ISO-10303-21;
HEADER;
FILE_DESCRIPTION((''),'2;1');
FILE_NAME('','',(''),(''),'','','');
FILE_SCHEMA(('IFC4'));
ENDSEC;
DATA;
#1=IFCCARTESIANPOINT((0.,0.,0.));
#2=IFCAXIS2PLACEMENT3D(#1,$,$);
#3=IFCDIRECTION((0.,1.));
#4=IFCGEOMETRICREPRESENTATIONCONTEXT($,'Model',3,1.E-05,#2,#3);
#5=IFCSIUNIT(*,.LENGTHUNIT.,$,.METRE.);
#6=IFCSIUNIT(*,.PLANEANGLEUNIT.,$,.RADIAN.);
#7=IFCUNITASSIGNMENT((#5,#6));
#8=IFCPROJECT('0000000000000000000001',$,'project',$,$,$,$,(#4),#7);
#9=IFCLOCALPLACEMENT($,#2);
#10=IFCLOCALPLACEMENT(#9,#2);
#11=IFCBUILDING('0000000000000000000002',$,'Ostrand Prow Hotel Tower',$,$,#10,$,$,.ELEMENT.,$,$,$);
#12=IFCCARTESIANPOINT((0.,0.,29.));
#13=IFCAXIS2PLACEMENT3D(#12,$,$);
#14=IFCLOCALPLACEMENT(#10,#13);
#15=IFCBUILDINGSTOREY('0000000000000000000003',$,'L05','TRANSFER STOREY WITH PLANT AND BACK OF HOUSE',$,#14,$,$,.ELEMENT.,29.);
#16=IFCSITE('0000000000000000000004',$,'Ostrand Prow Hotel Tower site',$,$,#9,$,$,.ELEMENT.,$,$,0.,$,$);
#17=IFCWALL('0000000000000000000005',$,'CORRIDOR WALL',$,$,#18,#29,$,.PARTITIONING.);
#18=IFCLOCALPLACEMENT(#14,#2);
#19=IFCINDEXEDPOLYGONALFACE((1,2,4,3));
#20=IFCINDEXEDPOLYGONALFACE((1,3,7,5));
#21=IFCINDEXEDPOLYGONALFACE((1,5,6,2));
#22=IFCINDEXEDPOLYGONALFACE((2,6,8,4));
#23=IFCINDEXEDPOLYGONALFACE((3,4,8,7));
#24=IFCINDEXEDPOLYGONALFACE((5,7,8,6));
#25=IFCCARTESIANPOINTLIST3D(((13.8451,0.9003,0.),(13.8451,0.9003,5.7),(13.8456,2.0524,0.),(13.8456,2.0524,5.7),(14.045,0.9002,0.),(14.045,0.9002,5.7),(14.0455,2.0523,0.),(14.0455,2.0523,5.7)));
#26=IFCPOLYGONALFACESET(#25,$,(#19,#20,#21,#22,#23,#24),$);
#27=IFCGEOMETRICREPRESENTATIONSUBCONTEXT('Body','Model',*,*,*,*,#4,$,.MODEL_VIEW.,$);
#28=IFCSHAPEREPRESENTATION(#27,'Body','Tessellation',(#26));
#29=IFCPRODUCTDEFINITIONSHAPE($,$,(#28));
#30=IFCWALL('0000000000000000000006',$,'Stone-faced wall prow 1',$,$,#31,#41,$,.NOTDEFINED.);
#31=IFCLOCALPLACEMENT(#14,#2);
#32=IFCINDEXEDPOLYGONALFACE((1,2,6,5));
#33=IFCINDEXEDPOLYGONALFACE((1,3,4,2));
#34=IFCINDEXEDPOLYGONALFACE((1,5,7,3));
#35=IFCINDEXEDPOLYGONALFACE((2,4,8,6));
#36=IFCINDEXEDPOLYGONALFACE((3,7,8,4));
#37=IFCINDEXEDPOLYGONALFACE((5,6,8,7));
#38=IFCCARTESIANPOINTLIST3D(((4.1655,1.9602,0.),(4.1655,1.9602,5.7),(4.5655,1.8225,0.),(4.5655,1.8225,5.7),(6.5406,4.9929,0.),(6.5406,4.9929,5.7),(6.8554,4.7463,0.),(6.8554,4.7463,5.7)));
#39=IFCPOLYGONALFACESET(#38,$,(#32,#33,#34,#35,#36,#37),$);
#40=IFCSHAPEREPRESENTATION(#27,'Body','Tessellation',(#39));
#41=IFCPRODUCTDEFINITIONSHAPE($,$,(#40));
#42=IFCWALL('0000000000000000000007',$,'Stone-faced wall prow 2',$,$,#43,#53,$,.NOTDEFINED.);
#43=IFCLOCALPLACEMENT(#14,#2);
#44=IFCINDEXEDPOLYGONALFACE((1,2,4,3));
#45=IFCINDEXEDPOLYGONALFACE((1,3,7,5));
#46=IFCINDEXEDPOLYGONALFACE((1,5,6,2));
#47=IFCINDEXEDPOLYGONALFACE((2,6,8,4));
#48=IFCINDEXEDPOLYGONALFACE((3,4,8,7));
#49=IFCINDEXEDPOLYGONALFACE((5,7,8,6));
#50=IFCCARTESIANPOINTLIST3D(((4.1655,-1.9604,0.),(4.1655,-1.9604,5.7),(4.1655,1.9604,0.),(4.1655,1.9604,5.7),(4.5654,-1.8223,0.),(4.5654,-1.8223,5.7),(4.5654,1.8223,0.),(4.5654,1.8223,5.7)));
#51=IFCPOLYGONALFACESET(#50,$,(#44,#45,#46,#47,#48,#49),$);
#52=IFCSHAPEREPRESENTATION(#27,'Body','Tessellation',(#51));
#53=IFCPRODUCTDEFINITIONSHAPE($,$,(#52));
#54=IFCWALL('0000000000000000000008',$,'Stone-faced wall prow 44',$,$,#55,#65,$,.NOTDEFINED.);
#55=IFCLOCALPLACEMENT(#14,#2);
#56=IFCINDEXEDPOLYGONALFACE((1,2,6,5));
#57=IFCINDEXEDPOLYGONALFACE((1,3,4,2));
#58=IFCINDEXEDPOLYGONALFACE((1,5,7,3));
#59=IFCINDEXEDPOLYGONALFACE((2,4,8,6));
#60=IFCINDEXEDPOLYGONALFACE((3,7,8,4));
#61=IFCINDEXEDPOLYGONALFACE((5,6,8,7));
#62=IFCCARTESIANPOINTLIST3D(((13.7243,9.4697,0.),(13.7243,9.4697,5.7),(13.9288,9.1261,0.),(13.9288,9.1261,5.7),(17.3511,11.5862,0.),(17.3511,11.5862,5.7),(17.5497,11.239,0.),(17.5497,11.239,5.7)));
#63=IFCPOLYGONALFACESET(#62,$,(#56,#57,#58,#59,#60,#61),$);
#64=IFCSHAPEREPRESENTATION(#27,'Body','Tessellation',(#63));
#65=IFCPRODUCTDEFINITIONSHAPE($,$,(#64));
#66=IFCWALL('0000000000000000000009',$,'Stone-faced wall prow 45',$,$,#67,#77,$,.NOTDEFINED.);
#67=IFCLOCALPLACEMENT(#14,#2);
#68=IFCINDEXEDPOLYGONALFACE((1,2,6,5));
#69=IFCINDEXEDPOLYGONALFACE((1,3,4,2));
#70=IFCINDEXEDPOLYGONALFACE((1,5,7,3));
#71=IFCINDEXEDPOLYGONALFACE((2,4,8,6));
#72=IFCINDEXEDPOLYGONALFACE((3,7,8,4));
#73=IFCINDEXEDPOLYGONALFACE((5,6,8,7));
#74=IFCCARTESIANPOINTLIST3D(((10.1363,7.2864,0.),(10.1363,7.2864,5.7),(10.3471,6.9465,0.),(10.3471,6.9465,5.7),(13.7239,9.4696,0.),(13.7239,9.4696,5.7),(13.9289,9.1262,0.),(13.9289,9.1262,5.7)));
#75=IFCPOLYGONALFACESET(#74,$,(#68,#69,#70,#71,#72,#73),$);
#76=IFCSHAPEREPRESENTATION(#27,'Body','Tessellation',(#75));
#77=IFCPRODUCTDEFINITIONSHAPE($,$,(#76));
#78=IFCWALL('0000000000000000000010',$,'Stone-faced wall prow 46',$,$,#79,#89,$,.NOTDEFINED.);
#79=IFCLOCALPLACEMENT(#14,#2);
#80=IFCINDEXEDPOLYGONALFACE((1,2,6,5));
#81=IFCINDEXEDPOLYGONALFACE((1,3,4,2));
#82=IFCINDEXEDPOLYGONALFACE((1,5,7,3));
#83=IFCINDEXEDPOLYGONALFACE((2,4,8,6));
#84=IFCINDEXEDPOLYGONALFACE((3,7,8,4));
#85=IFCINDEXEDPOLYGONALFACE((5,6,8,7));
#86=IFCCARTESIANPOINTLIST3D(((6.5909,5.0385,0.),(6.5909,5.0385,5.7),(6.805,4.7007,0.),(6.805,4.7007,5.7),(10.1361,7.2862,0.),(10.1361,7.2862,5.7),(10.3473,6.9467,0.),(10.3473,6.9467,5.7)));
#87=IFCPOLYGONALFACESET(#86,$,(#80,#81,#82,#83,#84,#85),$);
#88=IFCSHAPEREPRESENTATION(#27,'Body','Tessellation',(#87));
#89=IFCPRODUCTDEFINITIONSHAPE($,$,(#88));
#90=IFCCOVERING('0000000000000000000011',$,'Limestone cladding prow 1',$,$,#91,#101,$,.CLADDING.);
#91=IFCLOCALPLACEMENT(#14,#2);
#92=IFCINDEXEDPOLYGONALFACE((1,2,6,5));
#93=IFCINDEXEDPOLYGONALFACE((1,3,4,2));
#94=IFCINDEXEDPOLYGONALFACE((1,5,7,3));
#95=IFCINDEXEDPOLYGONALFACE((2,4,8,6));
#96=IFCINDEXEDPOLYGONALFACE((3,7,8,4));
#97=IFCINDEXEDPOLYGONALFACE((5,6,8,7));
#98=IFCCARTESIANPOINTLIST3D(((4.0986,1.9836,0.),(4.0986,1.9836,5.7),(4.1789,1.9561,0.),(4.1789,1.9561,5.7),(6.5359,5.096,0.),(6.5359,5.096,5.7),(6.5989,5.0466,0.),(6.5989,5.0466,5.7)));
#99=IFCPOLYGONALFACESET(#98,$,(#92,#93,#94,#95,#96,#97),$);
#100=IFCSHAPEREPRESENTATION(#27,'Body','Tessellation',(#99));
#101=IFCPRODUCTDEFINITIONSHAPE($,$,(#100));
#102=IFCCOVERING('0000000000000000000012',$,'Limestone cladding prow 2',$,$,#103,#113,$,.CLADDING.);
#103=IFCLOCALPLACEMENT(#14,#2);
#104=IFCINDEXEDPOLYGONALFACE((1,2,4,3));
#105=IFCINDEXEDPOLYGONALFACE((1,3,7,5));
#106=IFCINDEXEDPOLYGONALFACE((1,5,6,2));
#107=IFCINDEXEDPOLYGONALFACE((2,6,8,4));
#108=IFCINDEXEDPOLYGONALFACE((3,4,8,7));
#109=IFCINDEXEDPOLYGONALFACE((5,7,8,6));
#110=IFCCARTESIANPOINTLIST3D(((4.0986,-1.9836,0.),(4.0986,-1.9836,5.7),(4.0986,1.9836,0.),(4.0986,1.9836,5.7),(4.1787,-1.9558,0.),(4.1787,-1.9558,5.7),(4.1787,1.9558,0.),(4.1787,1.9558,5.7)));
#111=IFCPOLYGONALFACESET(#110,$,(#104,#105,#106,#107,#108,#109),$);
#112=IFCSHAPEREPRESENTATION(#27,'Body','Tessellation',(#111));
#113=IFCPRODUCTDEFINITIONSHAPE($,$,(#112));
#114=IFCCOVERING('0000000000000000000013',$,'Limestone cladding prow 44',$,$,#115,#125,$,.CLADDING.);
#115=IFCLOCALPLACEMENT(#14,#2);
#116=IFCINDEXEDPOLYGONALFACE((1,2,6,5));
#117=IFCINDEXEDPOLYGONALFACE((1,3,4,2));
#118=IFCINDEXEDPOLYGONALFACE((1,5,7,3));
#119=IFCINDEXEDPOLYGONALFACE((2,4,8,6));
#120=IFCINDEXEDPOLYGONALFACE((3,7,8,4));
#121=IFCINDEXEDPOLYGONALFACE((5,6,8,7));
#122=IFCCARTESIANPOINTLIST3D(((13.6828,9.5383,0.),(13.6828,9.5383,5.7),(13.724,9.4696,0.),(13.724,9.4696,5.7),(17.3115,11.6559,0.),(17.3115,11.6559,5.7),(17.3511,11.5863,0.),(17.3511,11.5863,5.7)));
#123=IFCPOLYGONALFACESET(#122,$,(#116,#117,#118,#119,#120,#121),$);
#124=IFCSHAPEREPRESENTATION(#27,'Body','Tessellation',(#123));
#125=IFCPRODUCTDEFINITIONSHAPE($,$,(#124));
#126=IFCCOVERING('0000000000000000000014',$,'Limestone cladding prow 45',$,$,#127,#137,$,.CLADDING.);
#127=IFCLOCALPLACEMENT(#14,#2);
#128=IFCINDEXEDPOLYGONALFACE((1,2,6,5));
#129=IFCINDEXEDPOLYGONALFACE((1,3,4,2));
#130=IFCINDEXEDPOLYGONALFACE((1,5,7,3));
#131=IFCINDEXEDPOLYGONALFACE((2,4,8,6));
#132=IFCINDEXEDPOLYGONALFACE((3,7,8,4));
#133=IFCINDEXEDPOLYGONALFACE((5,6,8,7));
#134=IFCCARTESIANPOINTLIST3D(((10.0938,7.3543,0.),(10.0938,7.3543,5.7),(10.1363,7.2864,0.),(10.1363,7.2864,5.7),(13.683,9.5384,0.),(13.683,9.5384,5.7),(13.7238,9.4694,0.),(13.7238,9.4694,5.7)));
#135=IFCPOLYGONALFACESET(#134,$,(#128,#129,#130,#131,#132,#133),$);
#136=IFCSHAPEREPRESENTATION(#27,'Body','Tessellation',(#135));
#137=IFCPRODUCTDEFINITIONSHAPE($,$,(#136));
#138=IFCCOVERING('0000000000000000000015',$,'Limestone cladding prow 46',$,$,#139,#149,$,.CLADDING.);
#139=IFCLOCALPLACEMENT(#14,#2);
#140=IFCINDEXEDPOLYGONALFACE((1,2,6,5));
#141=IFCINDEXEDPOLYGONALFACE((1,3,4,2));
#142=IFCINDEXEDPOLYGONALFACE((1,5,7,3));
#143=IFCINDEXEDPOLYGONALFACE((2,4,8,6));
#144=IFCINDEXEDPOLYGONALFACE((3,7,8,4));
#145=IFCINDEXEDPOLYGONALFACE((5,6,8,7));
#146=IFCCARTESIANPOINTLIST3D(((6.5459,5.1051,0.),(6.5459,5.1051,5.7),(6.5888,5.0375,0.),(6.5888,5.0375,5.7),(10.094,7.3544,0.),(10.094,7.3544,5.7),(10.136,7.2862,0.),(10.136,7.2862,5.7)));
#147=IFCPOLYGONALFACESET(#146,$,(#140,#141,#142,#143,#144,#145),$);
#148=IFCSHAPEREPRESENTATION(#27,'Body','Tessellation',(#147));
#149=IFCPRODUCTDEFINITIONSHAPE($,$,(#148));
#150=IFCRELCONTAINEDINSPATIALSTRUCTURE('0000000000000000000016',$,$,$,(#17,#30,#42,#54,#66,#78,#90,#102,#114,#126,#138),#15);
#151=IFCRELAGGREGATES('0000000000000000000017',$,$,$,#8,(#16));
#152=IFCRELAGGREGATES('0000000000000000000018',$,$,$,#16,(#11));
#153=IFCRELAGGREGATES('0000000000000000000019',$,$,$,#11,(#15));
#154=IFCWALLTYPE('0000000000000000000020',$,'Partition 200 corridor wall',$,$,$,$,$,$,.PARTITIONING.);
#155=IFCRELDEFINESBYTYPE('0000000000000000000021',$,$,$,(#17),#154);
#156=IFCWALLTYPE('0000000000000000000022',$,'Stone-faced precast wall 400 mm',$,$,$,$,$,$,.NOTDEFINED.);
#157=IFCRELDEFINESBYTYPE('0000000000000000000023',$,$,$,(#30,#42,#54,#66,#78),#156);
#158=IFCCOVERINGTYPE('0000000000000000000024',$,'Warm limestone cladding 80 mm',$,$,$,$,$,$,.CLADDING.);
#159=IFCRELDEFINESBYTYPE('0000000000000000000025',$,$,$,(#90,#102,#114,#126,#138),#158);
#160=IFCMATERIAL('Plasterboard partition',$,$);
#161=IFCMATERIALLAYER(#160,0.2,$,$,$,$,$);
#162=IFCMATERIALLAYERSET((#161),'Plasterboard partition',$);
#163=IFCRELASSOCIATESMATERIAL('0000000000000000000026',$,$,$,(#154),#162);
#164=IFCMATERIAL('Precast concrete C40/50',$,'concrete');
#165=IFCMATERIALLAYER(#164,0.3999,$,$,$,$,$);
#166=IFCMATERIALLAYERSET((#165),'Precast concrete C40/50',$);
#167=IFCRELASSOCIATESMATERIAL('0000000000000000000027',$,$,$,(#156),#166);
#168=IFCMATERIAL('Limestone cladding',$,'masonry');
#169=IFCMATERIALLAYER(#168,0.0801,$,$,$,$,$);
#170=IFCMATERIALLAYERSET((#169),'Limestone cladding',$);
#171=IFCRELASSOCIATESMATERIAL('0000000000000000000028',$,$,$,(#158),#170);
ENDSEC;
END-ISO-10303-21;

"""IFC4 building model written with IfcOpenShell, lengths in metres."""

from ifc_helpers import new_model, si_unit, direction, frame, frame_2d, origin, place, context, subcontext, project, spatial, polyline, rectangle, outline, extrude, material, layer, layer_set, type_object, element, save


model = new_model("IFC4")

# Units and contexts
model_context = context("Model", 3, precision=1e-05, world=origin(), true_north=direction((0.0, 1.0)))
body_context = subcontext(model_context, "Body", "Model", "MODEL_VIEW")
ifc_project = project(units=[si_unit("LENGTHUNIT", "METRE"), si_unit("PLANEANGLEUNIT", "RADIAN")], contexts=[model_context])

# Site, building, storey
site_placement = place(None, origin())
site = spatial("IfcSite", under=ifc_project, at=site_placement, Name="Ostrand Prow Hotel Tower site", CompositionType="ELEMENT", RefElevation=0.0)
building_placement = place(site_placement, origin())
building = spatial("IfcBuilding", under=site, at=building_placement, Name="Ostrand Prow Hotel Tower", CompositionType="ELEMENT")
storey_placement = place(building_placement, frame((0.0, 0.0, 29.0)))
storey = spatial("IfcBuildingStorey", under=building, at=storey_placement, Name="L05", Description="TRANSFER STOREY WITH PLANT AND BACK OF HOUSE", CompositionType="ELEMENT", Elevation=29.0)

# Shared definitions
ifc_material_1 = material(Name="Plasterboard partition")
ifc_layer_1 = layer(ifc_material_1, 0.2)
ifc_layer_set_1 = layer_set([ifc_layer_1], Name="Plasterboard partition")
wall_type_1 = type_object("IfcWallType", Name="Partition 200 corridor wall", PredefinedType="PARTITIONING", material=ifc_layer_set_1)

# Walls
wall_1_placement = place(storey_placement, frame((13.9456, 2.0525, 0.0), z_axis=(0.0, 0.0, 1.0), x_axis=(-0.000424, -1.0, 0.0)))
element("IfcWall", 1, at=wall_1_placement, inside=storey, type_object=wall_type_1, Name="CORRIDOR WALL", PredefinedType="PARTITIONING", context=body_context, shape_type="SweptSolid", body=[
    extrude(rectangle(XDim=1.1521, YDim=0.2, at=frame_2d((0.5762, 0.0))), origin(), (0.0, 0.0, 1.0), 5.7),
])
ifc_material_2 = material(Name="Precast concrete C40/50", Category="concrete")
ifc_layer_2 = layer(ifc_material_2, 0.3999)
ifc_layer_set_2 = layer_set([ifc_layer_2], Name="Precast concrete C40/50")
wall_type_2 = type_object("IfcWallType", Name="Stone-faced precast wall 400 mm", PredefinedType="NOTDEFINED", material=ifc_layer_set_2)
wall_2_placement = place(storey_placement, frame((6.698, 4.8696, 0.0), z_axis=(0.0, 0.0, 1.0), x_axis=(-0.616587, -0.787287, 0.0)))
element("IfcWall", 2, at=wall_2_placement, inside=storey, type_object=wall_type_2, Name="Stone-faced wall prow 1", PredefinedType="NOTDEFINED", context=body_context, shape_type="SweptSolid", body=[
    extrude(outline(polyline([(0.0, -0.2), (3.8521, -0.2), (3.7139, 0.2), (0.0, 0.2), (0.0, -0.2)])), origin(), (0.0, 0.0, 1.0), 5.7),
])
wall_3_placement = place(storey_placement, frame((4.3655, 1.8914, 0.0), z_axis=(0.0, 0.0, 1.0), x_axis=(0.0, -1.0, 0.0)))
element("IfcWall", 3, at=wall_3_placement, inside=storey, type_object=wall_type_2, Name="Stone-faced wall prow 2", PredefinedType="NOTDEFINED", context=body_context, shape_type="SweptSolid", body=[
    extrude(outline(polyline([(-0.0691, -0.2), (3.8518, -0.2), (3.7136, 0.2), (0.0691, 0.2), (-0.0691, -0.2)])), origin(), (0.0, 0.0, 1.0), 5.7),
])
wall_4_placement = place(storey_placement, frame((17.4504, 11.4126, 0.0), z_axis=(0.0, 0.0, 1.0), x_axis=(-0.863703, -0.504001, 0.0)))
element("IfcWall", 4, at=wall_4_placement, inside=storey, type_object=wall_type_2, Name="Stone-faced wall prow 44", PredefinedType="NOTDEFINED", context=body_context, shape_type="SweptSolid", body=[
    extrude(outline(polyline([(-0.0017, -0.2), (4.1975, -0.2), (4.1941, 0.2), (0.0017, 0.2), (-0.0017, -0.2)])), origin(), (0.0, 0.0, 1.0), 5.7),
])
wall_5_placement = place(storey_placement, frame((13.8264, 9.2979, 0.0), z_axis=(0.0, 0.0, 1.0), x_axis=(-0.854263, -0.519842, 0.0)))
element("IfcWall", 5, at=wall_5_placement, inside=storey, type_object=wall_type_2, Name="Stone-faced wall prow 45", PredefinedType="NOTDEFINED", context=body_context, shape_type="SweptSolid", body=[
    extrude(outline(polyline([(-0.0017, -0.2), (4.198, -0.2), (4.1946, 0.2), (0.0017, 0.2), (-0.0017, -0.2)])), origin(), (0.0, 0.0, 1.0), 5.7),
])
wall_6_placement = place(storey_placement, frame((10.2417, 7.1165, 0.0), z_axis=(0.0, 0.0, 1.0), x_axis=(-0.844552, -0.535474, 0.0)))
element("IfcWall", 6, at=wall_6_placement, inside=storey, type_object=wall_type_2, Name="Stone-faced wall prow 46", PredefinedType="NOTDEFINED", context=body_context, shape_type="SweptSolid", body=[
    extrude(outline(polyline([(-0.0017, -0.2), (4.196, -0.2), (4.196, 0.2), (0.0017, 0.2), (-0.0017, -0.2)])), origin(), (0.0, 0.0, 1.0), 5.7),
])

# Coverings
ifc_material_3 = material(Name="Limestone cladding", Category="masonry")
ifc_layer_3 = layer(ifc_material_3, 0.0801)
ifc_layer_set_3 = layer_set([ifc_layer_3], Name="Limestone cladding")
covering_type = type_object("IfcCoveringType", Name="Warm limestone cladding 80 mm", PredefinedType="CLADDING", material=ifc_layer_set_3)
covering_1_placement = place(storey_placement, frame((6.5674, 5.0713, 0.0), z_axis=(0.0, 0.0, 1.0), x_axis=(-0.616529, -0.787332, 0.0)))
element("IfcCovering", 7, at=covering_1_placement, inside=storey, type_object=covering_type, Name="Limestone cladding prow 1", PredefinedType="CLADDING", context=body_context, shape_type="SweptSolid", body=[
    extrude(outline(polyline([(0.0, -0.04), (3.9531, -0.04), (3.9253, 0.04), (0.0, 0.04), (0.0, -0.04)])), origin(), (0.0, 0.0, 1.0), 5.7),
])
covering_2_placement = place(storey_placement, frame((4.1387, 1.9697, 0.0), z_axis=(0.0, 0.0, 1.0), x_axis=(0.0, -1.0, 0.0)))
element("IfcCovering", 8, at=covering_2_placement, inside=storey, type_object=covering_type, Name="Limestone cladding prow 2", PredefinedType="CLADDING", context=body_context, shape_type="SweptSolid", body=[
    extrude(outline(polyline([(-0.0139, -0.04), (3.9534, -0.04), (3.9255, 0.04), (0.0139, 0.04), (-0.0139, -0.04)])), origin(), (0.0, 0.0, 1.0), 5.7),
])
for number, where, z_axis, x_axis, name in (
    (9, (17.3313, 11.6211, 0.0), (0.0, 0.0, 1.0), (-0.863686, -0.50403, 0.0), "Limestone cladding prow 44"),
    (10, (13.7034, 9.5039, 0.0), (0.0, 0.0, 1.0), (-0.854266, -0.519836, 0.0), "Limestone cladding prow 45"),
):
    element("IfcCovering", number, at=place(storey_placement, frame(where, z_axis=z_axis, x_axis=x_axis)), inside=storey, type_object=covering_type, Name=name, PredefinedType="CLADDING", context=body_context, shape_type="SweptSolid", body=[
        extrude(outline(polyline([(-0.0005, -0.04), (4.2009, -0.04), (4.2, 0.04), (0.0005, 0.04), (-0.0005, -0.04)])), origin(), (0.0, 0.0, 1.0), 5.7),
    ])
covering_3_placement = place(storey_placement, frame((10.115, 7.3203, 0.0), z_axis=(0.0, 0.0, 1.0), x_axis=(-0.844582, -0.535427, 0.0)))
element("IfcCovering", 11, at=covering_3_placement, inside=storey, type_object=covering_type, Name="Limestone cladding prow 46", PredefinedType="CLADDING", context=body_context, shape_type="SweptSolid", body=[
    extrude(outline(polyline([(-0.0005, -0.04), (4.2004, -0.04), (4.2004, 0.04), (0.0005, 0.04), (-0.0005, -0.04)])), origin(), (0.0, 0.0, 1.0), 5.7),
])

save(model, "model.ifc")
